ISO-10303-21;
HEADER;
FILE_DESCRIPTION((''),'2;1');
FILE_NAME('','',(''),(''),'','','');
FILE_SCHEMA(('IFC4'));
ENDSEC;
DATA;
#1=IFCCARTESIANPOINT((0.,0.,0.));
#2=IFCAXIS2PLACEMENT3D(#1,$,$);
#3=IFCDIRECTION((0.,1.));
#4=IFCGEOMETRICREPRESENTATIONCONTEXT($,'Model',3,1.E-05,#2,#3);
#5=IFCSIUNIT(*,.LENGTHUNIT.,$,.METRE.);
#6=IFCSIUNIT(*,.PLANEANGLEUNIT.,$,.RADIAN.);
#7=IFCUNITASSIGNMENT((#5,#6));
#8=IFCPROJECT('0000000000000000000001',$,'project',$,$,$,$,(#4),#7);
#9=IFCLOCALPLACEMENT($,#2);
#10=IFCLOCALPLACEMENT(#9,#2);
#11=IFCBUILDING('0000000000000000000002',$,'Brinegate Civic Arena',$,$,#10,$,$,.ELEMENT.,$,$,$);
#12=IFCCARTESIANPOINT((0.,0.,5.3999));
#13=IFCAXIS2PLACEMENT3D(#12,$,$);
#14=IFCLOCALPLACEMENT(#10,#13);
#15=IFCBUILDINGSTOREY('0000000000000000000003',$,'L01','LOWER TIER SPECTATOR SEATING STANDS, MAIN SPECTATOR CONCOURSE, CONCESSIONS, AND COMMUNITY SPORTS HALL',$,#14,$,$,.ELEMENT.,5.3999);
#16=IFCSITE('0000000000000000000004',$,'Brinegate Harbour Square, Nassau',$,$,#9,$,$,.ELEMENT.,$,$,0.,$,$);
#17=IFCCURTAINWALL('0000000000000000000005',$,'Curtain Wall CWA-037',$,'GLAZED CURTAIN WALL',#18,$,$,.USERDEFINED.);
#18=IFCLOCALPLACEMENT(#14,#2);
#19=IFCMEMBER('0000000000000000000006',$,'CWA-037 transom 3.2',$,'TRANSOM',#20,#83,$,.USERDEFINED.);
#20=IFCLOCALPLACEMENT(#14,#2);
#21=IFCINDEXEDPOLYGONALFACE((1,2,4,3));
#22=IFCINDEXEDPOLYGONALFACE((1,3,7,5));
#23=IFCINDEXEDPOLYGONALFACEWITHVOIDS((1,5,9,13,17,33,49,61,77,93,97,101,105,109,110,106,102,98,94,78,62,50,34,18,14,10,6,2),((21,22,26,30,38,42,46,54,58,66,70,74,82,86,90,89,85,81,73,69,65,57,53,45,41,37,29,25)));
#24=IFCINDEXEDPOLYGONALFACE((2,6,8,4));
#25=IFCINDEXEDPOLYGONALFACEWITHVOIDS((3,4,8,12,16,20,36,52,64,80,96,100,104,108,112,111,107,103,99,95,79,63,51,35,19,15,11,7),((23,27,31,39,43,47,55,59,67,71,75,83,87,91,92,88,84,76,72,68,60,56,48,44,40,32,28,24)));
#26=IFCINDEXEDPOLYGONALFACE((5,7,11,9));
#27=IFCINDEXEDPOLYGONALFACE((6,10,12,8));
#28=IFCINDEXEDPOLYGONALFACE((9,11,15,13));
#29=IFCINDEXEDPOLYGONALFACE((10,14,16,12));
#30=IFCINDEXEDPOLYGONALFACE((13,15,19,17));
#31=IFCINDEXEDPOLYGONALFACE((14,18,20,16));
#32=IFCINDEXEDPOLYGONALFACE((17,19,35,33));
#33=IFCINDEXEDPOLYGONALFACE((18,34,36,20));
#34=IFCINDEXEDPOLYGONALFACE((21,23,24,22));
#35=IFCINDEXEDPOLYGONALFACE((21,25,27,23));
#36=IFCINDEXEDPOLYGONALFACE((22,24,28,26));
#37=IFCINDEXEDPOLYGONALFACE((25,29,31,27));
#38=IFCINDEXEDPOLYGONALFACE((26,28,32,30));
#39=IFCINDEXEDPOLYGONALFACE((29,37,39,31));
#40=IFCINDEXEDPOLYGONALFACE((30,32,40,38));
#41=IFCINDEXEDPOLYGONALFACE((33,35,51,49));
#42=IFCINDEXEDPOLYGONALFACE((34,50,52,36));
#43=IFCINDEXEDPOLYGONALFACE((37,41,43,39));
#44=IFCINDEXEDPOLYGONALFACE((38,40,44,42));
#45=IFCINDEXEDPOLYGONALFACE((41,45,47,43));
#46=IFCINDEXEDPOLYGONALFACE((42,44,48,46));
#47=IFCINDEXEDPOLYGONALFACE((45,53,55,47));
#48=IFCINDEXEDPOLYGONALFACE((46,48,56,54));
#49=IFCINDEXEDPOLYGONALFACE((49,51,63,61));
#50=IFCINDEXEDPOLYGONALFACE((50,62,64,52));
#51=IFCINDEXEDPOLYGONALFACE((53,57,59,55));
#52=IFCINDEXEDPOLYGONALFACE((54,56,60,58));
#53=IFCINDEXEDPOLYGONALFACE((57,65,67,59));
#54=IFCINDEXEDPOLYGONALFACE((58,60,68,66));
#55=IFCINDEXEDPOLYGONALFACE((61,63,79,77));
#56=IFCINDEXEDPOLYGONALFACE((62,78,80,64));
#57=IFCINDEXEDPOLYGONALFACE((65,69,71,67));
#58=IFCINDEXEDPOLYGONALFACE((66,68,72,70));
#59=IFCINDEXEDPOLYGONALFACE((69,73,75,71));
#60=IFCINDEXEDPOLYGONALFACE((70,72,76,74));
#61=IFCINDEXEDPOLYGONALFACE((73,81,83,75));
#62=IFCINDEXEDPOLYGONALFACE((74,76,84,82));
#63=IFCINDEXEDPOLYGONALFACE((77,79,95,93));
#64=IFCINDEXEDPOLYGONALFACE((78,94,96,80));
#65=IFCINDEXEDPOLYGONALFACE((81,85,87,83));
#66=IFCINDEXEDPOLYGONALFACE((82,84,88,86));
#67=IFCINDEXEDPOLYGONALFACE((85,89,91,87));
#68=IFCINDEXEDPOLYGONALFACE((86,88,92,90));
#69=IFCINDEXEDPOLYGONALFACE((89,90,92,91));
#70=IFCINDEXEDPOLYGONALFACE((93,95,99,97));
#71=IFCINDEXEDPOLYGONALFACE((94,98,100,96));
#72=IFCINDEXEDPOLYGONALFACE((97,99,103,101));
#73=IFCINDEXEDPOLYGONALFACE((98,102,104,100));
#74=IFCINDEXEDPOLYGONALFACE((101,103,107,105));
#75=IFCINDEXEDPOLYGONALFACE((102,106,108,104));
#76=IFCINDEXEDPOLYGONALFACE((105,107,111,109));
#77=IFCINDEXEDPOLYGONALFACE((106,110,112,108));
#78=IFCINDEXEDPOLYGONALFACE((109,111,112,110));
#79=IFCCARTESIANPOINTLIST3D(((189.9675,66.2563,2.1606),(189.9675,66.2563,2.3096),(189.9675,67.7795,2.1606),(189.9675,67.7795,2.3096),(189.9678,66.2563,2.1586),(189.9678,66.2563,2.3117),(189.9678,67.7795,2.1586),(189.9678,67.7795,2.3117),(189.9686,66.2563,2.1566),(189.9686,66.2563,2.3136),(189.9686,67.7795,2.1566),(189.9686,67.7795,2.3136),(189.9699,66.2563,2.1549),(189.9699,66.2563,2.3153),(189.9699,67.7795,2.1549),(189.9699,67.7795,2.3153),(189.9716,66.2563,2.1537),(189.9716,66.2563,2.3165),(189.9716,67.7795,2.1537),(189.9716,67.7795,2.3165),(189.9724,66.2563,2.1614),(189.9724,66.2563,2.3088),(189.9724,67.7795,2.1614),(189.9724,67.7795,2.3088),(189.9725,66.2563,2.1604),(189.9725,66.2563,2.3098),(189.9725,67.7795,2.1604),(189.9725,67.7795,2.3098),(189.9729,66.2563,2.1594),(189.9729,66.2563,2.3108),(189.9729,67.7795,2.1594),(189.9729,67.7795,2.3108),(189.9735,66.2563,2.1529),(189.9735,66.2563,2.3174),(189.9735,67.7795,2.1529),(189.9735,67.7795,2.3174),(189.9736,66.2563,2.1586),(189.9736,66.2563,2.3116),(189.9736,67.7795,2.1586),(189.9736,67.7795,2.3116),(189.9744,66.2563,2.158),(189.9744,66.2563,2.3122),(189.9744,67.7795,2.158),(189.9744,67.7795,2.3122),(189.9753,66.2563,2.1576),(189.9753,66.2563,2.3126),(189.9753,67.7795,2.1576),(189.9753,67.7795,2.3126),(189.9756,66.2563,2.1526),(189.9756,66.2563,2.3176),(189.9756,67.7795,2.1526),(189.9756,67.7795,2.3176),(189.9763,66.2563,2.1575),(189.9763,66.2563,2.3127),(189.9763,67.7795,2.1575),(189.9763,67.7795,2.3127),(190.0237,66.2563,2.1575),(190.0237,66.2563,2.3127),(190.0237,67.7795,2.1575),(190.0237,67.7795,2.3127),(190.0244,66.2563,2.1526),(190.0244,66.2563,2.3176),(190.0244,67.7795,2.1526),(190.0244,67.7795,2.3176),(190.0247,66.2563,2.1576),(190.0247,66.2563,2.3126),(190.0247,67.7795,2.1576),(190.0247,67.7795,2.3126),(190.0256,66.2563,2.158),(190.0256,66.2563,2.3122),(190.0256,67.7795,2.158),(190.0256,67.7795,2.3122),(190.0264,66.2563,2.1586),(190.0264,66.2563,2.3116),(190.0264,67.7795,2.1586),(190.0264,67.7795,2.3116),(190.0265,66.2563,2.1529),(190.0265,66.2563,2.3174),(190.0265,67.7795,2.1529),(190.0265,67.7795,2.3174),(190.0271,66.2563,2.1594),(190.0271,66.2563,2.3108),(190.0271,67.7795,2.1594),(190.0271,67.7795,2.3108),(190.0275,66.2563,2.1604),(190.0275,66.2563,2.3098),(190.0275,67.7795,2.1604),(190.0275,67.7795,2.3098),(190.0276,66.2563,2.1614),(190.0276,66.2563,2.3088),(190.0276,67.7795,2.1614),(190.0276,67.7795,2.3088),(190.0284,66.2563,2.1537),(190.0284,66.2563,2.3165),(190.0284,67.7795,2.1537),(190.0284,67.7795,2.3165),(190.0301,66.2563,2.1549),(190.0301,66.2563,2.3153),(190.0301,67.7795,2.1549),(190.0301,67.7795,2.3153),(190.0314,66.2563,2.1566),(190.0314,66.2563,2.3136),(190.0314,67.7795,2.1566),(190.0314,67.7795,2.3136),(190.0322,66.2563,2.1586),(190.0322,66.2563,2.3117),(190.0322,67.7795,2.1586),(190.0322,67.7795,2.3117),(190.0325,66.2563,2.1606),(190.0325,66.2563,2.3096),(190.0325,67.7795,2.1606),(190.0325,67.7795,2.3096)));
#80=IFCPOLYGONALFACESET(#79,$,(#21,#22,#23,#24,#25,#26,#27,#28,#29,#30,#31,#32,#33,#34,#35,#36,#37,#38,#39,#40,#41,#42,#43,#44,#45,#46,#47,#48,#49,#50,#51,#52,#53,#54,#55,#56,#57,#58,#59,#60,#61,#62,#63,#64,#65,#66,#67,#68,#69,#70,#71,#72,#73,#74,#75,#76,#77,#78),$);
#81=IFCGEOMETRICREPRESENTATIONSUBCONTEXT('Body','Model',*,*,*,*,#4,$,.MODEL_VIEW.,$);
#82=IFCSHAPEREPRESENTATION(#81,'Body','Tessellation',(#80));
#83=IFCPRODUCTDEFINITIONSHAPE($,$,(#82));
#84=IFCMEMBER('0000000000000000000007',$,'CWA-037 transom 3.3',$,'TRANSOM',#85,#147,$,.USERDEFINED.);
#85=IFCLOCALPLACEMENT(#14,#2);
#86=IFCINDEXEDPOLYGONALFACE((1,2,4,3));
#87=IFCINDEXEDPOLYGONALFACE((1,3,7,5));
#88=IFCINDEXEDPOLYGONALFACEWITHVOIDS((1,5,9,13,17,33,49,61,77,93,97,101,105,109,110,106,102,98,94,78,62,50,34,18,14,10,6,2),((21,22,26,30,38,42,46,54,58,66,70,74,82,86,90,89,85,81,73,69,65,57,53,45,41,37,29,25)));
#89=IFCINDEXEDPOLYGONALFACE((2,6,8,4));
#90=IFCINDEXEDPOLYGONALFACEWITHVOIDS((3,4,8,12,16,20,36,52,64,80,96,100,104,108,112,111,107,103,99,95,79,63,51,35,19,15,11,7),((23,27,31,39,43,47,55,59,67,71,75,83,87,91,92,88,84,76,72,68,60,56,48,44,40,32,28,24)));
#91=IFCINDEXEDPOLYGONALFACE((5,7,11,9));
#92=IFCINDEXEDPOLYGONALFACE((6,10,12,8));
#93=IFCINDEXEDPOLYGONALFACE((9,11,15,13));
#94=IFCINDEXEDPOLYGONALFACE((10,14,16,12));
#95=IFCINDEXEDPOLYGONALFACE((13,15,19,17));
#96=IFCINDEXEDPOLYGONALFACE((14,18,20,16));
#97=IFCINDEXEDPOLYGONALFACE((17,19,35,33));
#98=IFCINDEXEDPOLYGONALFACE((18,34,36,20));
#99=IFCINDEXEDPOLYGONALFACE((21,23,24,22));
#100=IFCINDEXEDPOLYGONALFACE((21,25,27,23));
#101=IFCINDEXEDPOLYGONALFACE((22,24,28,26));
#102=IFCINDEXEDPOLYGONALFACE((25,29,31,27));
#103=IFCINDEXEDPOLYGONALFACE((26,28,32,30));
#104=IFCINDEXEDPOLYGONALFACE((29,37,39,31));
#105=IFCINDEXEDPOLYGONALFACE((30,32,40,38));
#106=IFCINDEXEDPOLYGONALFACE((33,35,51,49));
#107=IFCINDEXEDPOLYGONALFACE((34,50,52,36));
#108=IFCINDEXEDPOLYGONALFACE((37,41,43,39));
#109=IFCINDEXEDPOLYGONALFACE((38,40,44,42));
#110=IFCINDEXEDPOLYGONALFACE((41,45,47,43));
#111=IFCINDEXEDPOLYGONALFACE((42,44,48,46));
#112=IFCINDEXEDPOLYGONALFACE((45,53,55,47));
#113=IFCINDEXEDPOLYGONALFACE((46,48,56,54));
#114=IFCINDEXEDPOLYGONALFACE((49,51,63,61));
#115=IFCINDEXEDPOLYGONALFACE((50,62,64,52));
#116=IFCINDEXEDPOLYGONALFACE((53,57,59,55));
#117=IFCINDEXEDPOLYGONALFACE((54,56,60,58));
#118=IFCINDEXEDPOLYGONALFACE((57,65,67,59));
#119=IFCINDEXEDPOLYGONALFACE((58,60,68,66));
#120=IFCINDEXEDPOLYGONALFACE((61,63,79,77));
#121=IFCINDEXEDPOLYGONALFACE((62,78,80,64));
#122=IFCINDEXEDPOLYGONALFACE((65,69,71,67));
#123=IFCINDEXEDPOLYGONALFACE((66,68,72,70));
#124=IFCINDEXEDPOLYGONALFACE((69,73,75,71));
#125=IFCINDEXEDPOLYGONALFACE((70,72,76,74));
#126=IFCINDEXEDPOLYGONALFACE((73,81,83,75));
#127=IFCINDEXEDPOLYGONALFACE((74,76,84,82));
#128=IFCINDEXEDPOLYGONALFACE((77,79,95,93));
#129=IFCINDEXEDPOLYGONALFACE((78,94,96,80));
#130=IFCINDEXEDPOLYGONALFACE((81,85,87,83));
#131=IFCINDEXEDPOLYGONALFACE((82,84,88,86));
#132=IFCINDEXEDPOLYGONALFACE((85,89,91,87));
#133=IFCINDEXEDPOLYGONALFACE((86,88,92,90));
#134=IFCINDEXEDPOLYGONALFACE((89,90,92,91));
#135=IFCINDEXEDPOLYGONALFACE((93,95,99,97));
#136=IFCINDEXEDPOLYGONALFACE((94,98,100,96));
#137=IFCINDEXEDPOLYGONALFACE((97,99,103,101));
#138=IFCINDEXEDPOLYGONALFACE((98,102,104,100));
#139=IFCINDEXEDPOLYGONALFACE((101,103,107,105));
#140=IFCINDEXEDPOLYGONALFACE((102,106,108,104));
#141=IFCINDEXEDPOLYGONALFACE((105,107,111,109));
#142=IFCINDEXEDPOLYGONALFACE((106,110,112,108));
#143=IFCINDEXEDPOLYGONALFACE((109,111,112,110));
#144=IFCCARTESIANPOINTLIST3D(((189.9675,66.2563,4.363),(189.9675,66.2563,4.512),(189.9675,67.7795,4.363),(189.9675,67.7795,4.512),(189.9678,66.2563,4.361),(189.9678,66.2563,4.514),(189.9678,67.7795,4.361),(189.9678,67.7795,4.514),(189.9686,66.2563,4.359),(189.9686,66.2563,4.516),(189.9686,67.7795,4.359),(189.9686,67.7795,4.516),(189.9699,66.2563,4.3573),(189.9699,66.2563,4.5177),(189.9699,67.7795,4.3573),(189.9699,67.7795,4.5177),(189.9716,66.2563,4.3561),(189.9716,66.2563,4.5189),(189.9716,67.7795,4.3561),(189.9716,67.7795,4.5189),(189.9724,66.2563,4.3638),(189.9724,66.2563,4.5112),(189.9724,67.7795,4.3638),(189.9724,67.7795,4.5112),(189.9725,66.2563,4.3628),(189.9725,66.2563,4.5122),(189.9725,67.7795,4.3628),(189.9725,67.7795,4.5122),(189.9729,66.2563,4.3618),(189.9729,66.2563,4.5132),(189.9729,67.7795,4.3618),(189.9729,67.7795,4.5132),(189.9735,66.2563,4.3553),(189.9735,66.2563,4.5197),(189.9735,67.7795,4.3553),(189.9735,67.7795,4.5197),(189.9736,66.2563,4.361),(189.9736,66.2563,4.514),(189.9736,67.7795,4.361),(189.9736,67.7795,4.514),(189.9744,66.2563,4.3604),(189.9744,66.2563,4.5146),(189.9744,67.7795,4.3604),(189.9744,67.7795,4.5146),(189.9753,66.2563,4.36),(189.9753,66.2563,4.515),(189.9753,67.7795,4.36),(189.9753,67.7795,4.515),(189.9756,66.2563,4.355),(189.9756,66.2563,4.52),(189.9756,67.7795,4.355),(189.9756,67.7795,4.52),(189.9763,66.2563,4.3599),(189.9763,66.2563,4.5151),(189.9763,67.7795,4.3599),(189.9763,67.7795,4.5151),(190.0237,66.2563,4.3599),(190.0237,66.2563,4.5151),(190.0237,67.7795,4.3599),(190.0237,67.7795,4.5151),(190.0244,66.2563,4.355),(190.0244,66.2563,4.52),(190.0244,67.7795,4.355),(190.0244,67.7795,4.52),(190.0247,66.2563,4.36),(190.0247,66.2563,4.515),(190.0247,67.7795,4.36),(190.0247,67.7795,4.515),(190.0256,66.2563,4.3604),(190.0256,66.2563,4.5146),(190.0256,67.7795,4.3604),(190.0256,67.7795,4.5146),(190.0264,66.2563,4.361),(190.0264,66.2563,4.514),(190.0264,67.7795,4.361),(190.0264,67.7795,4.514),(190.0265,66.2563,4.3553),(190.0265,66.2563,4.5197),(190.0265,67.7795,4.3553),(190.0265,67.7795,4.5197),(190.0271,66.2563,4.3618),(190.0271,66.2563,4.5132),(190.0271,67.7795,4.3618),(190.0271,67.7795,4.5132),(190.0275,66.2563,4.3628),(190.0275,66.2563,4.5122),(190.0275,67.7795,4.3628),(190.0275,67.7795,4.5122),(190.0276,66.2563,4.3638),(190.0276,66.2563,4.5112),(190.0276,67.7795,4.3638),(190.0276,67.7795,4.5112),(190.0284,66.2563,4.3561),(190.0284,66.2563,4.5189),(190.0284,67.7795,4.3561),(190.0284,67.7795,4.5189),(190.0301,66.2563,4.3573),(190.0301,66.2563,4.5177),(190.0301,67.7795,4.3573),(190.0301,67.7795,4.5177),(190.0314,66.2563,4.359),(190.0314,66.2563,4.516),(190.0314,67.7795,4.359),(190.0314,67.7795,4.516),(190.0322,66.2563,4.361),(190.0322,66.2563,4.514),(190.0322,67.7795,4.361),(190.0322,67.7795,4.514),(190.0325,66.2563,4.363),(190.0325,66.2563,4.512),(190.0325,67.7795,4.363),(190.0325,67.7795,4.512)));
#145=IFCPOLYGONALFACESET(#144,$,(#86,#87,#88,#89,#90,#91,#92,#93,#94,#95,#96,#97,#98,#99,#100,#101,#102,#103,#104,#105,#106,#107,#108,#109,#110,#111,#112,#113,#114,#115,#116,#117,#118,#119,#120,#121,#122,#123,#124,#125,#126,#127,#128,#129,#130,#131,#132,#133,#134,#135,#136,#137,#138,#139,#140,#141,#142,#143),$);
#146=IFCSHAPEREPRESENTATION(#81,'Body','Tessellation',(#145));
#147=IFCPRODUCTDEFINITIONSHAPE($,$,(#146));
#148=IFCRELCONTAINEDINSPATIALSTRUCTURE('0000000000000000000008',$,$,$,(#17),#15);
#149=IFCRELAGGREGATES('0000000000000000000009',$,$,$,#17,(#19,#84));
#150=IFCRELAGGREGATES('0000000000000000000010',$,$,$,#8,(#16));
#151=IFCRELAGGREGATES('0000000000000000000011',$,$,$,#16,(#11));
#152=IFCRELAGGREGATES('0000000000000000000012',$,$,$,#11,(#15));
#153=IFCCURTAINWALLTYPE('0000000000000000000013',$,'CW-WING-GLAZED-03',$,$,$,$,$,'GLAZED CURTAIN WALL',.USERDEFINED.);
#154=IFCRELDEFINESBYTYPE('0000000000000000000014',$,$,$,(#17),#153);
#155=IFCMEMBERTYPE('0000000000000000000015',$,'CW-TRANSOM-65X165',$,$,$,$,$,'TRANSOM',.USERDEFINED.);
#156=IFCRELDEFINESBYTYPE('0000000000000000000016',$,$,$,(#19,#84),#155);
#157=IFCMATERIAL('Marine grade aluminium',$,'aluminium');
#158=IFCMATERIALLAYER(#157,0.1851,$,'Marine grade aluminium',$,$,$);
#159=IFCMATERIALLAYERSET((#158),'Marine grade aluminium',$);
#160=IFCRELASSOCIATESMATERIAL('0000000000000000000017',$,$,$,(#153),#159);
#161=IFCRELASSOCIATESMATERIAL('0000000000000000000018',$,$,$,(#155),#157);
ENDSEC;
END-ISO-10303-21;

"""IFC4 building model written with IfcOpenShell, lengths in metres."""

from ifc_helpers import new_model, si_unit, direction, frame, origin, origin_2d, place, context, subcontext, project, spatial, hollow_rectangle, extrude, material, layer, layer_set, material_profile, profile_set, type_object, element, aggregate, save


model = new_model("IFC4")

# Units and contexts
model_context = context("Model", 3, precision=1e-05, world=origin(), true_north=direction((0.0, 1.0)))
body_context = subcontext(model_context, "Body", "Model", "MODEL_VIEW")
ifc_project = project(units=[si_unit("LENGTHUNIT", "METRE"), si_unit("PLANEANGLEUNIT", "RADIAN")], contexts=[model_context])

# Site, building, storey
site_placement = place(None, origin())
site = spatial("IfcSite", under=ifc_project, at=site_placement, Name="Brinegate Harbour Square, Nassau", CompositionType="ELEMENT", RefElevation=0.0)
building_placement = place(site_placement, origin())
building = spatial("IfcBuilding", under=site, at=building_placement, Name="Brinegate Civic Arena", CompositionType="ELEMENT")
storey_placement = place(building_placement, frame((0.0, 0.0, 5.3999)))
storey = spatial("IfcBuildingStorey", under=building, at=storey_placement, Name="L01", Description="LOWER TIER SPECTATOR SEATING STANDS, MAIN SPECTATOR CONCOURSE, CONCESSIONS, AND COMMUNITY SPORTS HALL", CompositionType="ELEMENT", Elevation=5.3999)

# Curtain wall, members
ifc_material_1 = material(Name="Marine grade aluminium", Category="aluminium")
ifc_layer_1 = layer(ifc_material_1, 0.1851, Name="Marine grade aluminium")
ifc_layer_set_1 = layer_set([ifc_layer_1], Name="Marine grade aluminium")
curtain_wall_type = type_object("IfcCurtainWallType", Name="CW-WING-GLAZED-03", ElementType="GLAZED CURTAIN WALL", PredefinedType="USERDEFINED", material=ifc_layer_set_1)
curtain_wall_placement = place(storey_placement, origin())
curtain_wall = element("IfcCurtainWall", 1, at=curtain_wall_placement, inside=storey, type_object=curtain_wall_type, Name="Curtain Wall CWA-037", ObjectType="GLAZED CURTAIN WALL", PredefinedType="USERDEFINED")
ifc_material_profile_1 = material_profile(ifc_material_1, hollow_rectangle(XDim=0.0649, YDim=0.165, WallThickness=0.0049, InnerFilletRadius=0.0039, OuterFilletRadius=0.0081, at=origin_2d()), Name="TRN65X165")
ifc_profile_set_1 = profile_set([ifc_material_profile_1], Name="Marine grade aluminium")
member_type_1 = type_object("IfcMemberType", Name="CW-TRANSOM-65X165", ElementType="TRANSOM", PredefinedType="USERDEFINED", material=ifc_profile_set_1)
member_1_placement = place(storey_placement, frame((190.0, 66.2563, 2.2351), z_axis=(0.0, 1.0, 0.0), x_axis=(-1.0, 0.0, 0.0)))
member_1 = element("IfcMember", 2, at=member_1_placement, type_object=member_type_1, Name="CWA-037 transom 3.2", ObjectType="TRANSOM", PredefinedType="USERDEFINED", context=body_context, shape_type="SweptSolid", body=[
    extrude(hollow_rectangle(XDim=0.0649, YDim=0.165, WallThickness=0.0049, InnerFilletRadius=0.0039, OuterFilletRadius=0.0081, at=origin_2d()), origin(), (0.0, 0.0, 1.0), 1.5232),
])
member_2_placement = place(storey_placement, frame((190.0, 66.2563, 4.4375), z_axis=(0.0, 1.0, 0.0), x_axis=(-1.0, 0.0, 0.0)))
member_2 = element("IfcMember", 3, at=member_2_placement, type_object=member_type_1, Name="CWA-037 transom 3.3", ObjectType="TRANSOM", PredefinedType="USERDEFINED", context=body_context, shape_type="SweptSolid", body=[
    extrude(hollow_rectangle(XDim=0.0649, YDim=0.165, WallThickness=0.0049, InnerFilletRadius=0.0039, OuterFilletRadius=0.0081, at=origin_2d()), origin(), (0.0, 0.0, 1.0), 1.5232),
])

aggregate(curtain_wall, [member_1, member_2])

save(model, "model.ifc")
